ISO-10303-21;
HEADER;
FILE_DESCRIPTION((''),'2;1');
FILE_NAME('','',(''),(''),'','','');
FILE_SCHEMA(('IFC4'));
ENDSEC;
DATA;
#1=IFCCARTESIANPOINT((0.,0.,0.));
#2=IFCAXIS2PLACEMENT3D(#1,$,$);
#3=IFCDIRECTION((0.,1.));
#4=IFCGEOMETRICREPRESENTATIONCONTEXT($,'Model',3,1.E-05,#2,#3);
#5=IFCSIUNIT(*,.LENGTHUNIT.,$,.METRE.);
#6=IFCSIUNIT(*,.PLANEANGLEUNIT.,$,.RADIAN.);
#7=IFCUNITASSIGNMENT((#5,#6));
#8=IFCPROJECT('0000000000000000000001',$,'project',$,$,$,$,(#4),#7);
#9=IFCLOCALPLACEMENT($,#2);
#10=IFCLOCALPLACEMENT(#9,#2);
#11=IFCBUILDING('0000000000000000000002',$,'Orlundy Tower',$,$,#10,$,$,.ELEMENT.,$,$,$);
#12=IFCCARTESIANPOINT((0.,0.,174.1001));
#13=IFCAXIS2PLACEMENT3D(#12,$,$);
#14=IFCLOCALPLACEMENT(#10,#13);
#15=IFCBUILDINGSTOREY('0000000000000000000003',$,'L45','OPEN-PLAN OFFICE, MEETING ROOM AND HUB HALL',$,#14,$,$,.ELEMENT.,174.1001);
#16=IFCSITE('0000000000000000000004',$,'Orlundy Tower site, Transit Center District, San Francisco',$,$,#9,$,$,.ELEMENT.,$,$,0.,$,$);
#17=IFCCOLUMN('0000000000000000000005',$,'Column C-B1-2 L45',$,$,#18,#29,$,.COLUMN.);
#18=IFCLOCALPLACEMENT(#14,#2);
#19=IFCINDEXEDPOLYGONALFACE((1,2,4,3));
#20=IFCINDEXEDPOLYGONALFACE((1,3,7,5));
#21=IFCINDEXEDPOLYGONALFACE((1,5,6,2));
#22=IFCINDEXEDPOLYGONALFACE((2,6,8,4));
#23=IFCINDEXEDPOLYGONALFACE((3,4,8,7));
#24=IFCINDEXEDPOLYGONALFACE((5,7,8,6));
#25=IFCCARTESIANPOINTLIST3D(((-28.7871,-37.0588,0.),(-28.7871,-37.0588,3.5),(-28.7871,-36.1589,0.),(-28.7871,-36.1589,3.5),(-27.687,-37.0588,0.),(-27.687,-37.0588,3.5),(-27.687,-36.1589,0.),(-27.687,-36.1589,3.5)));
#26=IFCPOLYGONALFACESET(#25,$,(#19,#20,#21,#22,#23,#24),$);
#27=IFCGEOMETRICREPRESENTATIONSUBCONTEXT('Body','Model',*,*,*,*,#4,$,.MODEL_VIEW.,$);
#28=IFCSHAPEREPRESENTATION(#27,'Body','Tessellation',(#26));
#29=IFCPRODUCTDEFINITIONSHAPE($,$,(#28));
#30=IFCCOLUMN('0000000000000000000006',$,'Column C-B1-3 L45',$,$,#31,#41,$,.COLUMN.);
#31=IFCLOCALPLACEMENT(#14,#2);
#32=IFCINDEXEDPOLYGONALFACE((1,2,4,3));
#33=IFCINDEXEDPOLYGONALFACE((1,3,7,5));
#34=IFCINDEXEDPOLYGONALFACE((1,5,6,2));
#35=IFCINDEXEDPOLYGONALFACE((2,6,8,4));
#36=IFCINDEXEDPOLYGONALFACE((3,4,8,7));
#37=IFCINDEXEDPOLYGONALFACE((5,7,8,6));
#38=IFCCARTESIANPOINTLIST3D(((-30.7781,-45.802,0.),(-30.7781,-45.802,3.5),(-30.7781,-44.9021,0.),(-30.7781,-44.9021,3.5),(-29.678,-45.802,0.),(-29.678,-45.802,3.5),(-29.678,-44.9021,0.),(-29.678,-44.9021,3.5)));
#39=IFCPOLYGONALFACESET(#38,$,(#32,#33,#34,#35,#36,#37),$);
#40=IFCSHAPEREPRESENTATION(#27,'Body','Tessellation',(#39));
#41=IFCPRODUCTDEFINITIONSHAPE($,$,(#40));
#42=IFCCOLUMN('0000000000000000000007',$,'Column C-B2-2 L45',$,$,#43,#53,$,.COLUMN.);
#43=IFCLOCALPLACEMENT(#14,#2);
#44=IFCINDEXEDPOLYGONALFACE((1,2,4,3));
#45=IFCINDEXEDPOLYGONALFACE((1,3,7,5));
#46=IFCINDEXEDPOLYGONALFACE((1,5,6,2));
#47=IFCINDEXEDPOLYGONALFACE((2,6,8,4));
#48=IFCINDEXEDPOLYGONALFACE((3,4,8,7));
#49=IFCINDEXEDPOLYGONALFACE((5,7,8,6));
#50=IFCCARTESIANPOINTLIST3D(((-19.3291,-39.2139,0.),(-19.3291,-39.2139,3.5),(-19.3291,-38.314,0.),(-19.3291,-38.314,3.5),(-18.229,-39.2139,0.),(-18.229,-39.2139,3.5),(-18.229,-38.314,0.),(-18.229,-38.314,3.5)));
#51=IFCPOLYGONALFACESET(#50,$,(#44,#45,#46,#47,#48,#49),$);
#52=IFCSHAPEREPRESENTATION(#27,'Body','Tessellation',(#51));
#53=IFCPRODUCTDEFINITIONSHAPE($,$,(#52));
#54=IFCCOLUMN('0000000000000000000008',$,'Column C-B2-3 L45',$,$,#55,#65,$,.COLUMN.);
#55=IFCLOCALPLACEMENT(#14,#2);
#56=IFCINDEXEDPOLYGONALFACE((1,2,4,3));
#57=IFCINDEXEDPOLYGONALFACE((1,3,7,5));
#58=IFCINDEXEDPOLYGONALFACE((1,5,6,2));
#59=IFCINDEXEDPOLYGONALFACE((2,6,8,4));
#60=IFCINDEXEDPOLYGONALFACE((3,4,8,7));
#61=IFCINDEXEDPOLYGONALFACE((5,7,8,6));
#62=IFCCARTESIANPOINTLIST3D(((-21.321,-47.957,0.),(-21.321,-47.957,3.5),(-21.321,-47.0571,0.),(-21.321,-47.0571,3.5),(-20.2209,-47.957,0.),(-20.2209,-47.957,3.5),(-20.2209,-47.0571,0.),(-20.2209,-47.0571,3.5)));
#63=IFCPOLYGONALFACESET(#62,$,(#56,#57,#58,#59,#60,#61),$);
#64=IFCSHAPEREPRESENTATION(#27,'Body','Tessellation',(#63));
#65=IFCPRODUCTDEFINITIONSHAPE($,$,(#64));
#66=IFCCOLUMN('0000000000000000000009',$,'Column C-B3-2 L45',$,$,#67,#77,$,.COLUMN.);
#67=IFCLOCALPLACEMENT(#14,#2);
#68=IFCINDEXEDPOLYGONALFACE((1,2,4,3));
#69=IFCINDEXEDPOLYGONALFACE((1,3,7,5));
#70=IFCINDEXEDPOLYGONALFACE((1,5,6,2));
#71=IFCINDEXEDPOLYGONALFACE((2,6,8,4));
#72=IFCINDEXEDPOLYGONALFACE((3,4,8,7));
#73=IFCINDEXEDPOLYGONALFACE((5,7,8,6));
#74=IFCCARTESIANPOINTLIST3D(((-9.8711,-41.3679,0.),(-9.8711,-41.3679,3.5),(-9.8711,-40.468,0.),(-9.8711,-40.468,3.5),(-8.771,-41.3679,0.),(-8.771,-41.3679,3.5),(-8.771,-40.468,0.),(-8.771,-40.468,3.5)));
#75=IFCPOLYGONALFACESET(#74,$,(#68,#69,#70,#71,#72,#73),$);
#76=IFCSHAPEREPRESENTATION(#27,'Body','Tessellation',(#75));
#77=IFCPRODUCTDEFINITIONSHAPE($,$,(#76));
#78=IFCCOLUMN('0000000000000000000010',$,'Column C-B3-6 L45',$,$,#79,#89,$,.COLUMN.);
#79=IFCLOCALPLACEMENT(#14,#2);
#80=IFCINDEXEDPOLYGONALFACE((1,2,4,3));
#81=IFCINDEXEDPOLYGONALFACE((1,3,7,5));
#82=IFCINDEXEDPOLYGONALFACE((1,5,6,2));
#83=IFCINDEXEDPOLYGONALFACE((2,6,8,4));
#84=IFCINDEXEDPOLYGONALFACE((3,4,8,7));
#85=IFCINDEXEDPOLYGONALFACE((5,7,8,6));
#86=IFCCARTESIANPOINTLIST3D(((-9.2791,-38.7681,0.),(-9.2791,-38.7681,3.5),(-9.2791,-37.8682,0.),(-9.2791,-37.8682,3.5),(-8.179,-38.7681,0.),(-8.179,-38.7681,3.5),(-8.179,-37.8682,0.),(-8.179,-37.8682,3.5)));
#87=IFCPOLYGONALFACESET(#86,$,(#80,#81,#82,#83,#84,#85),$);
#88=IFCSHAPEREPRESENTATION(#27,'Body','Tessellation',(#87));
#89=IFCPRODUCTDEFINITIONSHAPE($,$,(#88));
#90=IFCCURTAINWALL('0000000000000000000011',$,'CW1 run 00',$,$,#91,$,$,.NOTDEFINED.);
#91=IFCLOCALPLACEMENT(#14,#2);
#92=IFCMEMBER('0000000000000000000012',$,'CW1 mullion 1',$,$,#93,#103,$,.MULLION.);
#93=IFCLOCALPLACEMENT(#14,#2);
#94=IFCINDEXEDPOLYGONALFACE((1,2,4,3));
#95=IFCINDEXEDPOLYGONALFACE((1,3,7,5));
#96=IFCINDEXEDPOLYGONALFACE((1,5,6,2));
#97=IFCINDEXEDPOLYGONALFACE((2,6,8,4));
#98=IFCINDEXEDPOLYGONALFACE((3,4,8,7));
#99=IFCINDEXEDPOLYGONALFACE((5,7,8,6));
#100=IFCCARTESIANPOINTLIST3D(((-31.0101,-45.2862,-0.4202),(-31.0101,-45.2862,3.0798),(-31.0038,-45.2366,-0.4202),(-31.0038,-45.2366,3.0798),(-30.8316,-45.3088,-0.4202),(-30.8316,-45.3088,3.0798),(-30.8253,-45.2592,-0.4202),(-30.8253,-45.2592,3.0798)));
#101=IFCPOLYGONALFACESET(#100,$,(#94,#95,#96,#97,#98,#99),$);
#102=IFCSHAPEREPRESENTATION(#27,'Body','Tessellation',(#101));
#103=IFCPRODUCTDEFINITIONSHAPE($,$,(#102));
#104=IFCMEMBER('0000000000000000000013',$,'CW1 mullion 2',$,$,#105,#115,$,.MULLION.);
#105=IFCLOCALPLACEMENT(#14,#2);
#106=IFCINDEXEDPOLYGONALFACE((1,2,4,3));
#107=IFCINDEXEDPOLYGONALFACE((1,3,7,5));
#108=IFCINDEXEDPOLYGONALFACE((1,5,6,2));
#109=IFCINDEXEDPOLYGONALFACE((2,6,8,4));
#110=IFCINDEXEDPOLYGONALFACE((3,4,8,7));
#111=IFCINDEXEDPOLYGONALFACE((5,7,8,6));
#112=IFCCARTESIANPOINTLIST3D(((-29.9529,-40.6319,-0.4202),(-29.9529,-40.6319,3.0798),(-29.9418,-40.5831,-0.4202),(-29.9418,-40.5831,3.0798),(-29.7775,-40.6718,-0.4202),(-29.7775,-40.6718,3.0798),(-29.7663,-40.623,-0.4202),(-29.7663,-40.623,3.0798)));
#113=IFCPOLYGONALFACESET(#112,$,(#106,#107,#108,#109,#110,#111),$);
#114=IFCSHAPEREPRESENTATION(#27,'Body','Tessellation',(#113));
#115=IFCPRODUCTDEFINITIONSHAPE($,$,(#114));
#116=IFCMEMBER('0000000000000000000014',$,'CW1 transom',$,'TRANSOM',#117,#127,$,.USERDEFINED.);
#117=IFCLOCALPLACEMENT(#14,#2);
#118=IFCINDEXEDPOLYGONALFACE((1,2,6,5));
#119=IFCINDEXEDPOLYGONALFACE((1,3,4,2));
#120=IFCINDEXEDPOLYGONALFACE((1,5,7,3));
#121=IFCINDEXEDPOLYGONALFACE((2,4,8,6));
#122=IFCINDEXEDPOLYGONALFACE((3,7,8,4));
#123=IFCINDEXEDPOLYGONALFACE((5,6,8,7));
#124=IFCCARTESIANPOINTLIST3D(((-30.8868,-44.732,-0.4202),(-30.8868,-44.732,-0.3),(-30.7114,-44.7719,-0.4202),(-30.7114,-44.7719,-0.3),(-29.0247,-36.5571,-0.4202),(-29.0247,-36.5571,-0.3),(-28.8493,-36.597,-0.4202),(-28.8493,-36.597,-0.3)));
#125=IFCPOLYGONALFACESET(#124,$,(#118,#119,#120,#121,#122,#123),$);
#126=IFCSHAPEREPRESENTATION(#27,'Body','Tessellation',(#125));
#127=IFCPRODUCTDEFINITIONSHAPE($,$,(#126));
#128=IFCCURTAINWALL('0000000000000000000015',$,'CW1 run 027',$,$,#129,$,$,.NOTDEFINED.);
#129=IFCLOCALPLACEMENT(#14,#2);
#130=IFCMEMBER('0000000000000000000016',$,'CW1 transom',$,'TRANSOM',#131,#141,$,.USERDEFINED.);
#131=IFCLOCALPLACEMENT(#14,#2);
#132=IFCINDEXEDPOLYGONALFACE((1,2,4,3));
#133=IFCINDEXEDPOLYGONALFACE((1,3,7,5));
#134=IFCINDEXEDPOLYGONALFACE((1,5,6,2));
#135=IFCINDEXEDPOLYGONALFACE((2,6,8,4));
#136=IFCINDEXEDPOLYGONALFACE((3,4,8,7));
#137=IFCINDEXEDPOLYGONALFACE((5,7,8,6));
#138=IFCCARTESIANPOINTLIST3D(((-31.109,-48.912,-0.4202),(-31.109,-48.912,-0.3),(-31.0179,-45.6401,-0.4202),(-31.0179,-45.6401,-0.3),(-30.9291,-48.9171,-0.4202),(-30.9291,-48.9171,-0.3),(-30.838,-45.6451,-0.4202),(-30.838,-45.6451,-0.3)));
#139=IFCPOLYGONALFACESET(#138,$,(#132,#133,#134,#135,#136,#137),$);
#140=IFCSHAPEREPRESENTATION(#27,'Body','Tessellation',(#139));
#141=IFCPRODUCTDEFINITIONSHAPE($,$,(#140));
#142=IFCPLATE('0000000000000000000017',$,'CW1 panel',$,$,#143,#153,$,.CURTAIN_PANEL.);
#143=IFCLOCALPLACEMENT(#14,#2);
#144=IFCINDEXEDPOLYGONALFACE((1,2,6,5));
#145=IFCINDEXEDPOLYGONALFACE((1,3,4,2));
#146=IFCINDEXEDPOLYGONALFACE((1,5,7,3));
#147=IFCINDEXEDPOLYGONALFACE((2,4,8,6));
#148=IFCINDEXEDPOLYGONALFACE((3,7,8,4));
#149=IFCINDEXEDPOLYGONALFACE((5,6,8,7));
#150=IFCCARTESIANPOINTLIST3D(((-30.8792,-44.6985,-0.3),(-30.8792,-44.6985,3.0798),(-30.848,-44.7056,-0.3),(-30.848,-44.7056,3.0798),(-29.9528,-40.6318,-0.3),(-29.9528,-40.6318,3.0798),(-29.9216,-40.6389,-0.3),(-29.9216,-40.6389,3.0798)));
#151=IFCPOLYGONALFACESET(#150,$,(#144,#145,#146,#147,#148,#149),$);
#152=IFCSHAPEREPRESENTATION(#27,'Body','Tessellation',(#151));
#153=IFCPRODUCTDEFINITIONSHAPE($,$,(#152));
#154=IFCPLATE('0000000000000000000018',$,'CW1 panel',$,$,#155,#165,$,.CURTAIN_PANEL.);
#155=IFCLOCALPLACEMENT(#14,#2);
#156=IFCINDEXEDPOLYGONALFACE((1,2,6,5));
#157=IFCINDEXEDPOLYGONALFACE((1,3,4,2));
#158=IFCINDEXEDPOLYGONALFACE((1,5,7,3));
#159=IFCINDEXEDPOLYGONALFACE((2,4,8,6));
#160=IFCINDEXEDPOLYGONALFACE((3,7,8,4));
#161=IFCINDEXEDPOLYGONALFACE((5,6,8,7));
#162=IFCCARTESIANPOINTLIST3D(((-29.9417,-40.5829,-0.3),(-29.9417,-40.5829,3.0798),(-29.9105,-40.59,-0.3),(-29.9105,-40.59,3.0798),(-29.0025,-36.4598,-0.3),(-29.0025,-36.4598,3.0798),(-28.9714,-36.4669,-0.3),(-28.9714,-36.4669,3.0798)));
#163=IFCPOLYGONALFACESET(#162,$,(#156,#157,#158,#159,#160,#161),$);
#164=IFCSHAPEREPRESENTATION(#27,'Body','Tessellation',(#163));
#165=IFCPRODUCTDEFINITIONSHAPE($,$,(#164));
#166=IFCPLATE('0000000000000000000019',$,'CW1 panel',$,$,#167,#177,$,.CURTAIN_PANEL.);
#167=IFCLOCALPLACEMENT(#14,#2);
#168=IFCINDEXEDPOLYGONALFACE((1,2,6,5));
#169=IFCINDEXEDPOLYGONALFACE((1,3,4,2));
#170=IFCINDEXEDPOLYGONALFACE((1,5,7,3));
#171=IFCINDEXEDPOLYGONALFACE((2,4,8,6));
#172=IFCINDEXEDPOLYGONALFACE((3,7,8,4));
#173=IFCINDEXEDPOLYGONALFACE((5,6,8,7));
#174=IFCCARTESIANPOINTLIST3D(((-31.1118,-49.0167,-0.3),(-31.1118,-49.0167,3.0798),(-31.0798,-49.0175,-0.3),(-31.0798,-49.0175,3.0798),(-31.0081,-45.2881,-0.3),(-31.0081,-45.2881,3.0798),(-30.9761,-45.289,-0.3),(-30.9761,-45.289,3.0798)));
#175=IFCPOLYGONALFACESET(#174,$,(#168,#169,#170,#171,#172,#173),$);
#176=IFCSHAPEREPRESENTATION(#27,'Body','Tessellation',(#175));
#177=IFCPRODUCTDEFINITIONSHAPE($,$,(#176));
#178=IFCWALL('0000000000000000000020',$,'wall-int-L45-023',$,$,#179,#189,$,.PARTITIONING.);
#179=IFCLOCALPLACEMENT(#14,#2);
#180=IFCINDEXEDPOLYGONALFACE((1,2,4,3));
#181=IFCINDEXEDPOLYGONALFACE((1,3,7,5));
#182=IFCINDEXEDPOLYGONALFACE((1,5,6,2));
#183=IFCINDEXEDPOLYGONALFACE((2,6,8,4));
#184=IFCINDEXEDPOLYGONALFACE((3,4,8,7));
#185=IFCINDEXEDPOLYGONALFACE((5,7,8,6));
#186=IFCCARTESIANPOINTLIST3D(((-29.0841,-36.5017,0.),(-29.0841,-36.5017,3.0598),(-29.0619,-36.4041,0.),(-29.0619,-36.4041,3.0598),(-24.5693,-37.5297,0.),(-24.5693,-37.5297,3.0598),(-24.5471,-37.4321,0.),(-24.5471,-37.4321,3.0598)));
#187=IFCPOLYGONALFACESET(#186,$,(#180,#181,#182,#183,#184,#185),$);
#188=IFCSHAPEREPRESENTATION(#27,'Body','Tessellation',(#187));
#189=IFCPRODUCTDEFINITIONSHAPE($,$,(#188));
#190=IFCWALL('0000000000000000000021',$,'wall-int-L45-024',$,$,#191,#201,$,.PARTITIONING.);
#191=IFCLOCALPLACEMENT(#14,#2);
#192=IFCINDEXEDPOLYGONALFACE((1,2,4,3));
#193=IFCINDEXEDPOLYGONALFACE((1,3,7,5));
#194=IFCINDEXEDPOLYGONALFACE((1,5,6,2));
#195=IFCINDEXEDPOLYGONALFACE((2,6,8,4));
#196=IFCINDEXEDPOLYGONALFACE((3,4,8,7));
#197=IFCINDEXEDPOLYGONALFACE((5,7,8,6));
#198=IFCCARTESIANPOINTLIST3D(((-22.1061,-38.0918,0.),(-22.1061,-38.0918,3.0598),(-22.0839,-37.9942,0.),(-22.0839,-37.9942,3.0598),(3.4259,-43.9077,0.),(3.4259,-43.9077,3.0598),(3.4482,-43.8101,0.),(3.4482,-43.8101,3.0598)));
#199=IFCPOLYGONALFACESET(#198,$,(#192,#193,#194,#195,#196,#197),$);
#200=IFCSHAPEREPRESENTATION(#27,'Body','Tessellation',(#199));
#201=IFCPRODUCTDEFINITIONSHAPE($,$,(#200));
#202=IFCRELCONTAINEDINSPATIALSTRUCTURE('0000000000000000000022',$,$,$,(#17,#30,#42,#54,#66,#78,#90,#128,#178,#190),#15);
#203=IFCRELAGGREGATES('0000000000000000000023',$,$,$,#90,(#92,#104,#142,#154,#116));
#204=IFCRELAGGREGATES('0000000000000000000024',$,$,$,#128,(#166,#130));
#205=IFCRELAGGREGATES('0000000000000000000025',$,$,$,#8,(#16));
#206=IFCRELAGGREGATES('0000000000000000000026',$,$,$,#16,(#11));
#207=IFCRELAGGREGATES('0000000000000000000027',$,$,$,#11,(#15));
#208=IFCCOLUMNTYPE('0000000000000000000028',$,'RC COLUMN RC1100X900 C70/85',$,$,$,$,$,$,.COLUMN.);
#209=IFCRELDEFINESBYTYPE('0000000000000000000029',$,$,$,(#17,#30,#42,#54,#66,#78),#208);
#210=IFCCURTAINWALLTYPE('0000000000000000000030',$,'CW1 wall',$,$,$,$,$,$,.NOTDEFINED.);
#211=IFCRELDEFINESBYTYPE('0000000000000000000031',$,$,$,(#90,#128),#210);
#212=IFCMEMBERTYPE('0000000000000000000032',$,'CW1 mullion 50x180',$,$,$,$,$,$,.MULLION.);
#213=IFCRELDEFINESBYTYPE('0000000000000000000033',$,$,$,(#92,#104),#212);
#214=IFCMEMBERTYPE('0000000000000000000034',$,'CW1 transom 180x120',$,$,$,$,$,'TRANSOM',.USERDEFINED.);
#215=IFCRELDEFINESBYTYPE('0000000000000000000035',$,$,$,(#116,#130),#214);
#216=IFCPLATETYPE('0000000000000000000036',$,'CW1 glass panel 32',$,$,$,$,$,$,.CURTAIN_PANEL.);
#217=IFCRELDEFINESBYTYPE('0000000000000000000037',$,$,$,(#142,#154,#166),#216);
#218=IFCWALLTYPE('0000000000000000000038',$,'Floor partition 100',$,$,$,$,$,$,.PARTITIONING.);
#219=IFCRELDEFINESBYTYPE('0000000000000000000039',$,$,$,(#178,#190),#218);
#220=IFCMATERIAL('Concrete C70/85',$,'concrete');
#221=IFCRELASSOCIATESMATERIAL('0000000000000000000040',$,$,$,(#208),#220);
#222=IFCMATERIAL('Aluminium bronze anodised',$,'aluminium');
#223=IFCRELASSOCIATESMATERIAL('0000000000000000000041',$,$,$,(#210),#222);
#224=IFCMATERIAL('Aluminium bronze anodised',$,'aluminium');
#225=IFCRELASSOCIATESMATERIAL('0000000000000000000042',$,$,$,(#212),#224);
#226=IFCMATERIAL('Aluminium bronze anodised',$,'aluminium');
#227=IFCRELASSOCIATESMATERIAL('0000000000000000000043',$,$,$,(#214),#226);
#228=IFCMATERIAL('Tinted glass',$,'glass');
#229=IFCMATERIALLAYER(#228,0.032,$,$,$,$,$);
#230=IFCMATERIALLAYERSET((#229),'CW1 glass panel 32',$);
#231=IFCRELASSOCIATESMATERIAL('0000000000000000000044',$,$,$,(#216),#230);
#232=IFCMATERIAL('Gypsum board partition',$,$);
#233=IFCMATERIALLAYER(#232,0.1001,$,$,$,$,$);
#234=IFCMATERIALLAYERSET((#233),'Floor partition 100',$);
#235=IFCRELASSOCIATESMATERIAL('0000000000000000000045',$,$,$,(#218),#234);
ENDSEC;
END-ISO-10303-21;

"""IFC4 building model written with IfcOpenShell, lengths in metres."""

from ifc_helpers import new_model, si_unit, direction, frame, frame_2d, origin, origin_2d, place, context, subcontext, project, spatial, rectangle, extrude, material, layer, layer_set, material_profile, profile_set, type_object, element, aggregate, save


model = new_model("IFC4")

# Units and contexts
model_context = context("Model", 3, precision=1e-05, world=origin(), true_north=direction((0.0, 1.0)))
body_context = subcontext(model_context, "Body", "Model", "MODEL_VIEW")
ifc_project = project(units=[si_unit("LENGTHUNIT", "METRE"), si_unit("PLANEANGLEUNIT", "RADIAN")], contexts=[model_context])

# Site, building, storey
site_placement = place(None, origin())
site = spatial("IfcSite", under=ifc_project, at=site_placement, Name="Orlundy Tower site, Transit Center District, San Francisco", CompositionType="ELEMENT", RefElevation=0.0)
building_placement = place(site_placement, origin())
building = spatial("IfcBuilding", under=site, at=building_placement, Name="Orlundy Tower", CompositionType="ELEMENT")
storey_placement = place(building_placement, frame((0.0, 0.0, 174.1001)))
storey = spatial("IfcBuildingStorey", under=building, at=storey_placement, Name="L45", Description="OPEN-PLAN OFFICE, MEETING ROOM AND HUB HALL", CompositionType="ELEMENT", Elevation=174.1001)

# Columns
ifc_material_1 = material(Name="Concrete C70/85", Category="concrete")
ifc_material_profile_1 = material_profile(ifc_material_1, rectangle(XDim=1.1001, YDim=0.8999, at=origin_2d()), Name="RC1100X900")
ifc_profile_set_1 = profile_set([ifc_material_profile_1], Name="Concrete C70/85")
column_type = type_object("IfcColumnType", Name="RC COLUMN RC1100X900 C70/85", PredefinedType="COLUMN", material=ifc_profile_set_1)
for number, where, z_axis, x_axis, name in (
    (1, (-28.2371, -36.6089, 0.0), (0.0, 0.0, 1.0), (1.0, 0.0, 0.0), "Column C-B1-2 L45"),
    (2, (-30.228, -45.3521, 0.0), (0.0, 0.0, 1.0), (1.0, 0.0, 0.0), "Column C-B1-3 L45"),
    (3, (-18.7791, -38.7639, 0.0), (0.0, 0.0, 1.0), (1.0, 0.0, 0.0), "Column C-B2-2 L45"),
    (4, (-20.771, -47.5071, 0.0), (0.0, 0.0, 1.0), (1.0, 0.0, 0.0), "Column C-B2-3 L45"),
    (5, (-9.321, -40.918, 0.0), (0.0, 0.0, 1.0), (1.0, 0.0, 0.0), "Column C-B3-2 L45"),
    (6, (-8.729, -38.3181, 0.0), (0.0, 0.0, 1.0), (1.0, 0.0, 0.0), "Column C-B3-6 L45"),
):
    element("IfcColumn", number, at=place(storey_placement, frame(where, z_axis=z_axis, x_axis=x_axis)), inside=storey, type_object=column_type, Name=name, PredefinedType="COLUMN", context=body_context, shape_type="SweptSolid", body=[
        extrude(rectangle(XDim=1.1001, YDim=0.8999, at=origin_2d()), origin(), (0.0, 0.0, 1.0), 3.5),
    ])

# Curtain wall, members
ifc_material_2 = material(Name="Aluminium bronze anodised", Category="aluminium")
curtain_wall_type = type_object("IfcCurtainWallType", Name="CW1 wall", PredefinedType="NOTDEFINED", material=ifc_material_2)
curtain_wall_1_placement = place(storey_placement, origin())
curtain_wall_1 = element("IfcCurtainWall", 7, at=curtain_wall_1_placement, inside=storey, type_object=curtain_wall_type, Name="CW1 run 00", PredefinedType="NOTDEFINED")
ifc_material_3 = material(Name="Aluminium bronze anodised", Category="aluminium")
ifc_material_profile_2 = material_profile(ifc_material_3, rectangle(XDim=0.1799, YDim=0.05, at=origin_2d()), Name="CW1 mullion 50x180")
ifc_profile_set_2 = profile_set([ifc_material_profile_2], Name="Aluminium bronze anodised")
member_type_1 = type_object("IfcMemberType", Name="CW1 mullion 50x180", PredefinedType="MULLION", material=ifc_profile_set_2)
member_1_placement = place(storey_placement, frame((-30.9177, -45.2727, -0.4202), z_axis=(0.0, 0.0, 1.0), x_axis=(-0.992088, 0.125547, 0.0)))
member_1 = element("IfcMember", 8, at=member_1_placement, type_object=member_type_1, Name="CW1 mullion 1", PredefinedType="MULLION", context=body_context, shape_type="SweptSolid", body=[
    extrude(rectangle(XDim=0.1799, YDim=0.05, at=origin_2d()), origin(), (0.0, 0.0, 1.0), 3.5),
])
member_2_placement = place(storey_placement, frame((-29.8596, -40.6274, -0.4202), z_axis=(0.0, 0.0, 1.0), x_axis=(-0.975025, 0.222097, 0.0)))
member_2 = element("IfcMember", 9, at=member_2_placement, type_object=member_type_1, Name="CW1 mullion 2", PredefinedType="MULLION", context=body_context, shape_type="SweptSolid", body=[
    extrude(rectangle(XDim=0.1799, YDim=0.05, at=origin_2d()), origin(), (0.0, 0.0, 1.0), 3.5),
])
ifc_material_4 = material(Name="Aluminium bronze anodised", Category="aluminium")
ifc_material_profile_3 = material_profile(ifc_material_4, rectangle(XDim=0.1799, YDim=0.1201, at=origin_2d()), Name="CW1 transom 180x120")
ifc_profile_set_3 = profile_set([ifc_material_profile_3], Name="Aluminium bronze anodised")
member_type_2 = type_object("IfcMemberType", Name="CW1 transom 180x120", ElementType="TRANSOM", PredefinedType="USERDEFINED", material=ifc_profile_set_3)
member_3_placement = place(storey_placement, frame((-30.7991, -44.752, -0.3601), z_axis=(0.222092, 0.975026, 0.0), x_axis=(-0.975026, 0.222092, 0.0)))
member_3 = element("IfcMember", 10, at=member_3_placement, type_object=member_type_2, Name="CW1 transom", ObjectType="TRANSOM", PredefinedType="USERDEFINED", context=body_context, shape_type="SweptSolid", body=[
    extrude(rectangle(XDim=0.1799, YDim=0.1201, at=origin_2d()), origin(), (0.0, 0.0, 1.0), 8.3843),
])

# Curtain wall, member
curtain_wall_2_placement = place(storey_placement, origin())
curtain_wall_2 = element("IfcCurtainWall", 11, at=curtain_wall_2_placement, inside=storey, type_object=curtain_wall_type, Name="CW1 run 027", PredefinedType="NOTDEFINED")
member_4_placement = place(storey_placement, frame((-31.019, -48.9146, -0.3601), z_axis=(0.027821, 0.999613, 0.0), x_axis=(-0.999613, 0.027821, 0.0)))
member_4 = element("IfcMember", 12, at=member_4_placement, type_object=member_type_2, Name="CW1 transom", ObjectType="TRANSOM", PredefinedType="USERDEFINED", context=body_context, shape_type="SweptSolid", body=[
    extrude(rectangle(XDim=0.1799, YDim=0.1201, at=origin_2d()), origin(), (0.0, 0.0, 1.0), 3.2732),
])

# Plates
ifc_material_5 = material(Name="Tinted glass", Category="glass")
ifc_layer_1 = layer(ifc_material_5, 0.032)
ifc_layer_set_1 = layer_set([ifc_layer_1], Name="CW1 glass panel 32")
plate_type = type_object("IfcPlateType", Name="CW1 glass panel 32", PredefinedType="CURTAIN_PANEL", material=ifc_layer_set_1)
plate_1_placement = place(storey_placement, frame((-30.4004, -42.6687, -0.3), z_axis=(0.0, 0.0, 1.0), x_axis=(0.222097, 0.975025, 0.0)))
plate_1 = element("IfcPlate", 13, at=plate_1_placement, type_object=plate_type, Name="CW1 panel", PredefinedType="CURTAIN_PANEL", context=body_context, shape_type="SweptSolid", body=[
    extrude(rectangle(XDim=4.1709, YDim=0.032, at=origin_2d()), origin(), (0.0, 0.0, 1.0), 3.3799),
])
plate_2_placement = place(storey_placement, frame((-29.4565, -38.5249, -0.3), z_axis=(0.0, 0.0, 1.0), x_axis=(0.222097, 0.975025, 0.0)))
plate_2 = element("IfcPlate", 14, at=plate_2_placement, type_object=plate_type, Name="CW1 panel", PredefinedType="CURTAIN_PANEL", context=body_context, shape_type="SweptSolid", body=[
    extrude(rectangle(XDim=4.2288, YDim=0.032, at=origin_2d()), origin(), (0.0, 0.0, 1.0), 3.3799),
])
aggregate(curtain_wall_1, [member_1, member_2, plate_1, plate_2, member_3])
plate_3_placement = place(storey_placement, frame((-31.0439, -47.1528, -0.3), z_axis=(0.0, 0.0, 1.0), x_axis=(0.02779, 0.999614, 0.0)))
plate_3 = element("IfcPlate", 15, at=plate_3_placement, type_object=plate_type, Name="CW1 panel", PredefinedType="CURTAIN_PANEL", context=body_context, shape_type="SweptSolid", body=[
    extrude(rectangle(XDim=3.73, YDim=0.032, at=origin_2d()), origin(), (0.0, 0.0, 1.0), 3.3799),
])
aggregate(curtain_wall_2, [plate_3, member_4])

# Walls
ifc_material_6 = material(Name="Gypsum board partition")
ifc_layer_2 = layer(ifc_material_6, 0.1001)
ifc_layer_set_2 = layer_set([ifc_layer_2], Name="Floor partition 100")
wall_type_1 = type_object("IfcWallType", Name="Floor partition 100", PredefinedType="PARTITIONING", material=ifc_layer_set_2)
wall_1_placement = place(storey_placement, frame((-29.073, -36.4529, 0.0), z_axis=(0.0, 0.0, 1.0), x_axis=(0.975041, -0.222024, 0.0)))
element("IfcWall", 16, at=wall_1_placement, inside=storey, type_object=wall_type_1, Name="wall-int-L45-023", PredefinedType="PARTITIONING", context=body_context, shape_type="SweptSolid", body=[
    extrude(rectangle(XDim=4.6304, YDim=0.1001, at=frame_2d((2.3152, 0.0))), origin(), (0.0, 0.0, 1.0), 3.0598),
])
wall_2_placement = place(storey_placement, frame((-22.095, -38.043, 0.0), z_axis=(0.0, 0.0, 1.0), x_axis=(0.975024, -0.2221, 0.0)))
element("IfcWall", 17, at=wall_2_placement, inside=storey, type_object=wall_type_1, Name="wall-int-L45-024", PredefinedType="PARTITIONING", context=body_context, shape_type="SweptSolid", body=[
    extrude(rectangle(XDim=26.186, YDim=0.1001, at=frame_2d((13.093, 0.0))), origin(), (0.0, 0.0, 1.0), 3.0598),
])

save(model, "model.ifc")
